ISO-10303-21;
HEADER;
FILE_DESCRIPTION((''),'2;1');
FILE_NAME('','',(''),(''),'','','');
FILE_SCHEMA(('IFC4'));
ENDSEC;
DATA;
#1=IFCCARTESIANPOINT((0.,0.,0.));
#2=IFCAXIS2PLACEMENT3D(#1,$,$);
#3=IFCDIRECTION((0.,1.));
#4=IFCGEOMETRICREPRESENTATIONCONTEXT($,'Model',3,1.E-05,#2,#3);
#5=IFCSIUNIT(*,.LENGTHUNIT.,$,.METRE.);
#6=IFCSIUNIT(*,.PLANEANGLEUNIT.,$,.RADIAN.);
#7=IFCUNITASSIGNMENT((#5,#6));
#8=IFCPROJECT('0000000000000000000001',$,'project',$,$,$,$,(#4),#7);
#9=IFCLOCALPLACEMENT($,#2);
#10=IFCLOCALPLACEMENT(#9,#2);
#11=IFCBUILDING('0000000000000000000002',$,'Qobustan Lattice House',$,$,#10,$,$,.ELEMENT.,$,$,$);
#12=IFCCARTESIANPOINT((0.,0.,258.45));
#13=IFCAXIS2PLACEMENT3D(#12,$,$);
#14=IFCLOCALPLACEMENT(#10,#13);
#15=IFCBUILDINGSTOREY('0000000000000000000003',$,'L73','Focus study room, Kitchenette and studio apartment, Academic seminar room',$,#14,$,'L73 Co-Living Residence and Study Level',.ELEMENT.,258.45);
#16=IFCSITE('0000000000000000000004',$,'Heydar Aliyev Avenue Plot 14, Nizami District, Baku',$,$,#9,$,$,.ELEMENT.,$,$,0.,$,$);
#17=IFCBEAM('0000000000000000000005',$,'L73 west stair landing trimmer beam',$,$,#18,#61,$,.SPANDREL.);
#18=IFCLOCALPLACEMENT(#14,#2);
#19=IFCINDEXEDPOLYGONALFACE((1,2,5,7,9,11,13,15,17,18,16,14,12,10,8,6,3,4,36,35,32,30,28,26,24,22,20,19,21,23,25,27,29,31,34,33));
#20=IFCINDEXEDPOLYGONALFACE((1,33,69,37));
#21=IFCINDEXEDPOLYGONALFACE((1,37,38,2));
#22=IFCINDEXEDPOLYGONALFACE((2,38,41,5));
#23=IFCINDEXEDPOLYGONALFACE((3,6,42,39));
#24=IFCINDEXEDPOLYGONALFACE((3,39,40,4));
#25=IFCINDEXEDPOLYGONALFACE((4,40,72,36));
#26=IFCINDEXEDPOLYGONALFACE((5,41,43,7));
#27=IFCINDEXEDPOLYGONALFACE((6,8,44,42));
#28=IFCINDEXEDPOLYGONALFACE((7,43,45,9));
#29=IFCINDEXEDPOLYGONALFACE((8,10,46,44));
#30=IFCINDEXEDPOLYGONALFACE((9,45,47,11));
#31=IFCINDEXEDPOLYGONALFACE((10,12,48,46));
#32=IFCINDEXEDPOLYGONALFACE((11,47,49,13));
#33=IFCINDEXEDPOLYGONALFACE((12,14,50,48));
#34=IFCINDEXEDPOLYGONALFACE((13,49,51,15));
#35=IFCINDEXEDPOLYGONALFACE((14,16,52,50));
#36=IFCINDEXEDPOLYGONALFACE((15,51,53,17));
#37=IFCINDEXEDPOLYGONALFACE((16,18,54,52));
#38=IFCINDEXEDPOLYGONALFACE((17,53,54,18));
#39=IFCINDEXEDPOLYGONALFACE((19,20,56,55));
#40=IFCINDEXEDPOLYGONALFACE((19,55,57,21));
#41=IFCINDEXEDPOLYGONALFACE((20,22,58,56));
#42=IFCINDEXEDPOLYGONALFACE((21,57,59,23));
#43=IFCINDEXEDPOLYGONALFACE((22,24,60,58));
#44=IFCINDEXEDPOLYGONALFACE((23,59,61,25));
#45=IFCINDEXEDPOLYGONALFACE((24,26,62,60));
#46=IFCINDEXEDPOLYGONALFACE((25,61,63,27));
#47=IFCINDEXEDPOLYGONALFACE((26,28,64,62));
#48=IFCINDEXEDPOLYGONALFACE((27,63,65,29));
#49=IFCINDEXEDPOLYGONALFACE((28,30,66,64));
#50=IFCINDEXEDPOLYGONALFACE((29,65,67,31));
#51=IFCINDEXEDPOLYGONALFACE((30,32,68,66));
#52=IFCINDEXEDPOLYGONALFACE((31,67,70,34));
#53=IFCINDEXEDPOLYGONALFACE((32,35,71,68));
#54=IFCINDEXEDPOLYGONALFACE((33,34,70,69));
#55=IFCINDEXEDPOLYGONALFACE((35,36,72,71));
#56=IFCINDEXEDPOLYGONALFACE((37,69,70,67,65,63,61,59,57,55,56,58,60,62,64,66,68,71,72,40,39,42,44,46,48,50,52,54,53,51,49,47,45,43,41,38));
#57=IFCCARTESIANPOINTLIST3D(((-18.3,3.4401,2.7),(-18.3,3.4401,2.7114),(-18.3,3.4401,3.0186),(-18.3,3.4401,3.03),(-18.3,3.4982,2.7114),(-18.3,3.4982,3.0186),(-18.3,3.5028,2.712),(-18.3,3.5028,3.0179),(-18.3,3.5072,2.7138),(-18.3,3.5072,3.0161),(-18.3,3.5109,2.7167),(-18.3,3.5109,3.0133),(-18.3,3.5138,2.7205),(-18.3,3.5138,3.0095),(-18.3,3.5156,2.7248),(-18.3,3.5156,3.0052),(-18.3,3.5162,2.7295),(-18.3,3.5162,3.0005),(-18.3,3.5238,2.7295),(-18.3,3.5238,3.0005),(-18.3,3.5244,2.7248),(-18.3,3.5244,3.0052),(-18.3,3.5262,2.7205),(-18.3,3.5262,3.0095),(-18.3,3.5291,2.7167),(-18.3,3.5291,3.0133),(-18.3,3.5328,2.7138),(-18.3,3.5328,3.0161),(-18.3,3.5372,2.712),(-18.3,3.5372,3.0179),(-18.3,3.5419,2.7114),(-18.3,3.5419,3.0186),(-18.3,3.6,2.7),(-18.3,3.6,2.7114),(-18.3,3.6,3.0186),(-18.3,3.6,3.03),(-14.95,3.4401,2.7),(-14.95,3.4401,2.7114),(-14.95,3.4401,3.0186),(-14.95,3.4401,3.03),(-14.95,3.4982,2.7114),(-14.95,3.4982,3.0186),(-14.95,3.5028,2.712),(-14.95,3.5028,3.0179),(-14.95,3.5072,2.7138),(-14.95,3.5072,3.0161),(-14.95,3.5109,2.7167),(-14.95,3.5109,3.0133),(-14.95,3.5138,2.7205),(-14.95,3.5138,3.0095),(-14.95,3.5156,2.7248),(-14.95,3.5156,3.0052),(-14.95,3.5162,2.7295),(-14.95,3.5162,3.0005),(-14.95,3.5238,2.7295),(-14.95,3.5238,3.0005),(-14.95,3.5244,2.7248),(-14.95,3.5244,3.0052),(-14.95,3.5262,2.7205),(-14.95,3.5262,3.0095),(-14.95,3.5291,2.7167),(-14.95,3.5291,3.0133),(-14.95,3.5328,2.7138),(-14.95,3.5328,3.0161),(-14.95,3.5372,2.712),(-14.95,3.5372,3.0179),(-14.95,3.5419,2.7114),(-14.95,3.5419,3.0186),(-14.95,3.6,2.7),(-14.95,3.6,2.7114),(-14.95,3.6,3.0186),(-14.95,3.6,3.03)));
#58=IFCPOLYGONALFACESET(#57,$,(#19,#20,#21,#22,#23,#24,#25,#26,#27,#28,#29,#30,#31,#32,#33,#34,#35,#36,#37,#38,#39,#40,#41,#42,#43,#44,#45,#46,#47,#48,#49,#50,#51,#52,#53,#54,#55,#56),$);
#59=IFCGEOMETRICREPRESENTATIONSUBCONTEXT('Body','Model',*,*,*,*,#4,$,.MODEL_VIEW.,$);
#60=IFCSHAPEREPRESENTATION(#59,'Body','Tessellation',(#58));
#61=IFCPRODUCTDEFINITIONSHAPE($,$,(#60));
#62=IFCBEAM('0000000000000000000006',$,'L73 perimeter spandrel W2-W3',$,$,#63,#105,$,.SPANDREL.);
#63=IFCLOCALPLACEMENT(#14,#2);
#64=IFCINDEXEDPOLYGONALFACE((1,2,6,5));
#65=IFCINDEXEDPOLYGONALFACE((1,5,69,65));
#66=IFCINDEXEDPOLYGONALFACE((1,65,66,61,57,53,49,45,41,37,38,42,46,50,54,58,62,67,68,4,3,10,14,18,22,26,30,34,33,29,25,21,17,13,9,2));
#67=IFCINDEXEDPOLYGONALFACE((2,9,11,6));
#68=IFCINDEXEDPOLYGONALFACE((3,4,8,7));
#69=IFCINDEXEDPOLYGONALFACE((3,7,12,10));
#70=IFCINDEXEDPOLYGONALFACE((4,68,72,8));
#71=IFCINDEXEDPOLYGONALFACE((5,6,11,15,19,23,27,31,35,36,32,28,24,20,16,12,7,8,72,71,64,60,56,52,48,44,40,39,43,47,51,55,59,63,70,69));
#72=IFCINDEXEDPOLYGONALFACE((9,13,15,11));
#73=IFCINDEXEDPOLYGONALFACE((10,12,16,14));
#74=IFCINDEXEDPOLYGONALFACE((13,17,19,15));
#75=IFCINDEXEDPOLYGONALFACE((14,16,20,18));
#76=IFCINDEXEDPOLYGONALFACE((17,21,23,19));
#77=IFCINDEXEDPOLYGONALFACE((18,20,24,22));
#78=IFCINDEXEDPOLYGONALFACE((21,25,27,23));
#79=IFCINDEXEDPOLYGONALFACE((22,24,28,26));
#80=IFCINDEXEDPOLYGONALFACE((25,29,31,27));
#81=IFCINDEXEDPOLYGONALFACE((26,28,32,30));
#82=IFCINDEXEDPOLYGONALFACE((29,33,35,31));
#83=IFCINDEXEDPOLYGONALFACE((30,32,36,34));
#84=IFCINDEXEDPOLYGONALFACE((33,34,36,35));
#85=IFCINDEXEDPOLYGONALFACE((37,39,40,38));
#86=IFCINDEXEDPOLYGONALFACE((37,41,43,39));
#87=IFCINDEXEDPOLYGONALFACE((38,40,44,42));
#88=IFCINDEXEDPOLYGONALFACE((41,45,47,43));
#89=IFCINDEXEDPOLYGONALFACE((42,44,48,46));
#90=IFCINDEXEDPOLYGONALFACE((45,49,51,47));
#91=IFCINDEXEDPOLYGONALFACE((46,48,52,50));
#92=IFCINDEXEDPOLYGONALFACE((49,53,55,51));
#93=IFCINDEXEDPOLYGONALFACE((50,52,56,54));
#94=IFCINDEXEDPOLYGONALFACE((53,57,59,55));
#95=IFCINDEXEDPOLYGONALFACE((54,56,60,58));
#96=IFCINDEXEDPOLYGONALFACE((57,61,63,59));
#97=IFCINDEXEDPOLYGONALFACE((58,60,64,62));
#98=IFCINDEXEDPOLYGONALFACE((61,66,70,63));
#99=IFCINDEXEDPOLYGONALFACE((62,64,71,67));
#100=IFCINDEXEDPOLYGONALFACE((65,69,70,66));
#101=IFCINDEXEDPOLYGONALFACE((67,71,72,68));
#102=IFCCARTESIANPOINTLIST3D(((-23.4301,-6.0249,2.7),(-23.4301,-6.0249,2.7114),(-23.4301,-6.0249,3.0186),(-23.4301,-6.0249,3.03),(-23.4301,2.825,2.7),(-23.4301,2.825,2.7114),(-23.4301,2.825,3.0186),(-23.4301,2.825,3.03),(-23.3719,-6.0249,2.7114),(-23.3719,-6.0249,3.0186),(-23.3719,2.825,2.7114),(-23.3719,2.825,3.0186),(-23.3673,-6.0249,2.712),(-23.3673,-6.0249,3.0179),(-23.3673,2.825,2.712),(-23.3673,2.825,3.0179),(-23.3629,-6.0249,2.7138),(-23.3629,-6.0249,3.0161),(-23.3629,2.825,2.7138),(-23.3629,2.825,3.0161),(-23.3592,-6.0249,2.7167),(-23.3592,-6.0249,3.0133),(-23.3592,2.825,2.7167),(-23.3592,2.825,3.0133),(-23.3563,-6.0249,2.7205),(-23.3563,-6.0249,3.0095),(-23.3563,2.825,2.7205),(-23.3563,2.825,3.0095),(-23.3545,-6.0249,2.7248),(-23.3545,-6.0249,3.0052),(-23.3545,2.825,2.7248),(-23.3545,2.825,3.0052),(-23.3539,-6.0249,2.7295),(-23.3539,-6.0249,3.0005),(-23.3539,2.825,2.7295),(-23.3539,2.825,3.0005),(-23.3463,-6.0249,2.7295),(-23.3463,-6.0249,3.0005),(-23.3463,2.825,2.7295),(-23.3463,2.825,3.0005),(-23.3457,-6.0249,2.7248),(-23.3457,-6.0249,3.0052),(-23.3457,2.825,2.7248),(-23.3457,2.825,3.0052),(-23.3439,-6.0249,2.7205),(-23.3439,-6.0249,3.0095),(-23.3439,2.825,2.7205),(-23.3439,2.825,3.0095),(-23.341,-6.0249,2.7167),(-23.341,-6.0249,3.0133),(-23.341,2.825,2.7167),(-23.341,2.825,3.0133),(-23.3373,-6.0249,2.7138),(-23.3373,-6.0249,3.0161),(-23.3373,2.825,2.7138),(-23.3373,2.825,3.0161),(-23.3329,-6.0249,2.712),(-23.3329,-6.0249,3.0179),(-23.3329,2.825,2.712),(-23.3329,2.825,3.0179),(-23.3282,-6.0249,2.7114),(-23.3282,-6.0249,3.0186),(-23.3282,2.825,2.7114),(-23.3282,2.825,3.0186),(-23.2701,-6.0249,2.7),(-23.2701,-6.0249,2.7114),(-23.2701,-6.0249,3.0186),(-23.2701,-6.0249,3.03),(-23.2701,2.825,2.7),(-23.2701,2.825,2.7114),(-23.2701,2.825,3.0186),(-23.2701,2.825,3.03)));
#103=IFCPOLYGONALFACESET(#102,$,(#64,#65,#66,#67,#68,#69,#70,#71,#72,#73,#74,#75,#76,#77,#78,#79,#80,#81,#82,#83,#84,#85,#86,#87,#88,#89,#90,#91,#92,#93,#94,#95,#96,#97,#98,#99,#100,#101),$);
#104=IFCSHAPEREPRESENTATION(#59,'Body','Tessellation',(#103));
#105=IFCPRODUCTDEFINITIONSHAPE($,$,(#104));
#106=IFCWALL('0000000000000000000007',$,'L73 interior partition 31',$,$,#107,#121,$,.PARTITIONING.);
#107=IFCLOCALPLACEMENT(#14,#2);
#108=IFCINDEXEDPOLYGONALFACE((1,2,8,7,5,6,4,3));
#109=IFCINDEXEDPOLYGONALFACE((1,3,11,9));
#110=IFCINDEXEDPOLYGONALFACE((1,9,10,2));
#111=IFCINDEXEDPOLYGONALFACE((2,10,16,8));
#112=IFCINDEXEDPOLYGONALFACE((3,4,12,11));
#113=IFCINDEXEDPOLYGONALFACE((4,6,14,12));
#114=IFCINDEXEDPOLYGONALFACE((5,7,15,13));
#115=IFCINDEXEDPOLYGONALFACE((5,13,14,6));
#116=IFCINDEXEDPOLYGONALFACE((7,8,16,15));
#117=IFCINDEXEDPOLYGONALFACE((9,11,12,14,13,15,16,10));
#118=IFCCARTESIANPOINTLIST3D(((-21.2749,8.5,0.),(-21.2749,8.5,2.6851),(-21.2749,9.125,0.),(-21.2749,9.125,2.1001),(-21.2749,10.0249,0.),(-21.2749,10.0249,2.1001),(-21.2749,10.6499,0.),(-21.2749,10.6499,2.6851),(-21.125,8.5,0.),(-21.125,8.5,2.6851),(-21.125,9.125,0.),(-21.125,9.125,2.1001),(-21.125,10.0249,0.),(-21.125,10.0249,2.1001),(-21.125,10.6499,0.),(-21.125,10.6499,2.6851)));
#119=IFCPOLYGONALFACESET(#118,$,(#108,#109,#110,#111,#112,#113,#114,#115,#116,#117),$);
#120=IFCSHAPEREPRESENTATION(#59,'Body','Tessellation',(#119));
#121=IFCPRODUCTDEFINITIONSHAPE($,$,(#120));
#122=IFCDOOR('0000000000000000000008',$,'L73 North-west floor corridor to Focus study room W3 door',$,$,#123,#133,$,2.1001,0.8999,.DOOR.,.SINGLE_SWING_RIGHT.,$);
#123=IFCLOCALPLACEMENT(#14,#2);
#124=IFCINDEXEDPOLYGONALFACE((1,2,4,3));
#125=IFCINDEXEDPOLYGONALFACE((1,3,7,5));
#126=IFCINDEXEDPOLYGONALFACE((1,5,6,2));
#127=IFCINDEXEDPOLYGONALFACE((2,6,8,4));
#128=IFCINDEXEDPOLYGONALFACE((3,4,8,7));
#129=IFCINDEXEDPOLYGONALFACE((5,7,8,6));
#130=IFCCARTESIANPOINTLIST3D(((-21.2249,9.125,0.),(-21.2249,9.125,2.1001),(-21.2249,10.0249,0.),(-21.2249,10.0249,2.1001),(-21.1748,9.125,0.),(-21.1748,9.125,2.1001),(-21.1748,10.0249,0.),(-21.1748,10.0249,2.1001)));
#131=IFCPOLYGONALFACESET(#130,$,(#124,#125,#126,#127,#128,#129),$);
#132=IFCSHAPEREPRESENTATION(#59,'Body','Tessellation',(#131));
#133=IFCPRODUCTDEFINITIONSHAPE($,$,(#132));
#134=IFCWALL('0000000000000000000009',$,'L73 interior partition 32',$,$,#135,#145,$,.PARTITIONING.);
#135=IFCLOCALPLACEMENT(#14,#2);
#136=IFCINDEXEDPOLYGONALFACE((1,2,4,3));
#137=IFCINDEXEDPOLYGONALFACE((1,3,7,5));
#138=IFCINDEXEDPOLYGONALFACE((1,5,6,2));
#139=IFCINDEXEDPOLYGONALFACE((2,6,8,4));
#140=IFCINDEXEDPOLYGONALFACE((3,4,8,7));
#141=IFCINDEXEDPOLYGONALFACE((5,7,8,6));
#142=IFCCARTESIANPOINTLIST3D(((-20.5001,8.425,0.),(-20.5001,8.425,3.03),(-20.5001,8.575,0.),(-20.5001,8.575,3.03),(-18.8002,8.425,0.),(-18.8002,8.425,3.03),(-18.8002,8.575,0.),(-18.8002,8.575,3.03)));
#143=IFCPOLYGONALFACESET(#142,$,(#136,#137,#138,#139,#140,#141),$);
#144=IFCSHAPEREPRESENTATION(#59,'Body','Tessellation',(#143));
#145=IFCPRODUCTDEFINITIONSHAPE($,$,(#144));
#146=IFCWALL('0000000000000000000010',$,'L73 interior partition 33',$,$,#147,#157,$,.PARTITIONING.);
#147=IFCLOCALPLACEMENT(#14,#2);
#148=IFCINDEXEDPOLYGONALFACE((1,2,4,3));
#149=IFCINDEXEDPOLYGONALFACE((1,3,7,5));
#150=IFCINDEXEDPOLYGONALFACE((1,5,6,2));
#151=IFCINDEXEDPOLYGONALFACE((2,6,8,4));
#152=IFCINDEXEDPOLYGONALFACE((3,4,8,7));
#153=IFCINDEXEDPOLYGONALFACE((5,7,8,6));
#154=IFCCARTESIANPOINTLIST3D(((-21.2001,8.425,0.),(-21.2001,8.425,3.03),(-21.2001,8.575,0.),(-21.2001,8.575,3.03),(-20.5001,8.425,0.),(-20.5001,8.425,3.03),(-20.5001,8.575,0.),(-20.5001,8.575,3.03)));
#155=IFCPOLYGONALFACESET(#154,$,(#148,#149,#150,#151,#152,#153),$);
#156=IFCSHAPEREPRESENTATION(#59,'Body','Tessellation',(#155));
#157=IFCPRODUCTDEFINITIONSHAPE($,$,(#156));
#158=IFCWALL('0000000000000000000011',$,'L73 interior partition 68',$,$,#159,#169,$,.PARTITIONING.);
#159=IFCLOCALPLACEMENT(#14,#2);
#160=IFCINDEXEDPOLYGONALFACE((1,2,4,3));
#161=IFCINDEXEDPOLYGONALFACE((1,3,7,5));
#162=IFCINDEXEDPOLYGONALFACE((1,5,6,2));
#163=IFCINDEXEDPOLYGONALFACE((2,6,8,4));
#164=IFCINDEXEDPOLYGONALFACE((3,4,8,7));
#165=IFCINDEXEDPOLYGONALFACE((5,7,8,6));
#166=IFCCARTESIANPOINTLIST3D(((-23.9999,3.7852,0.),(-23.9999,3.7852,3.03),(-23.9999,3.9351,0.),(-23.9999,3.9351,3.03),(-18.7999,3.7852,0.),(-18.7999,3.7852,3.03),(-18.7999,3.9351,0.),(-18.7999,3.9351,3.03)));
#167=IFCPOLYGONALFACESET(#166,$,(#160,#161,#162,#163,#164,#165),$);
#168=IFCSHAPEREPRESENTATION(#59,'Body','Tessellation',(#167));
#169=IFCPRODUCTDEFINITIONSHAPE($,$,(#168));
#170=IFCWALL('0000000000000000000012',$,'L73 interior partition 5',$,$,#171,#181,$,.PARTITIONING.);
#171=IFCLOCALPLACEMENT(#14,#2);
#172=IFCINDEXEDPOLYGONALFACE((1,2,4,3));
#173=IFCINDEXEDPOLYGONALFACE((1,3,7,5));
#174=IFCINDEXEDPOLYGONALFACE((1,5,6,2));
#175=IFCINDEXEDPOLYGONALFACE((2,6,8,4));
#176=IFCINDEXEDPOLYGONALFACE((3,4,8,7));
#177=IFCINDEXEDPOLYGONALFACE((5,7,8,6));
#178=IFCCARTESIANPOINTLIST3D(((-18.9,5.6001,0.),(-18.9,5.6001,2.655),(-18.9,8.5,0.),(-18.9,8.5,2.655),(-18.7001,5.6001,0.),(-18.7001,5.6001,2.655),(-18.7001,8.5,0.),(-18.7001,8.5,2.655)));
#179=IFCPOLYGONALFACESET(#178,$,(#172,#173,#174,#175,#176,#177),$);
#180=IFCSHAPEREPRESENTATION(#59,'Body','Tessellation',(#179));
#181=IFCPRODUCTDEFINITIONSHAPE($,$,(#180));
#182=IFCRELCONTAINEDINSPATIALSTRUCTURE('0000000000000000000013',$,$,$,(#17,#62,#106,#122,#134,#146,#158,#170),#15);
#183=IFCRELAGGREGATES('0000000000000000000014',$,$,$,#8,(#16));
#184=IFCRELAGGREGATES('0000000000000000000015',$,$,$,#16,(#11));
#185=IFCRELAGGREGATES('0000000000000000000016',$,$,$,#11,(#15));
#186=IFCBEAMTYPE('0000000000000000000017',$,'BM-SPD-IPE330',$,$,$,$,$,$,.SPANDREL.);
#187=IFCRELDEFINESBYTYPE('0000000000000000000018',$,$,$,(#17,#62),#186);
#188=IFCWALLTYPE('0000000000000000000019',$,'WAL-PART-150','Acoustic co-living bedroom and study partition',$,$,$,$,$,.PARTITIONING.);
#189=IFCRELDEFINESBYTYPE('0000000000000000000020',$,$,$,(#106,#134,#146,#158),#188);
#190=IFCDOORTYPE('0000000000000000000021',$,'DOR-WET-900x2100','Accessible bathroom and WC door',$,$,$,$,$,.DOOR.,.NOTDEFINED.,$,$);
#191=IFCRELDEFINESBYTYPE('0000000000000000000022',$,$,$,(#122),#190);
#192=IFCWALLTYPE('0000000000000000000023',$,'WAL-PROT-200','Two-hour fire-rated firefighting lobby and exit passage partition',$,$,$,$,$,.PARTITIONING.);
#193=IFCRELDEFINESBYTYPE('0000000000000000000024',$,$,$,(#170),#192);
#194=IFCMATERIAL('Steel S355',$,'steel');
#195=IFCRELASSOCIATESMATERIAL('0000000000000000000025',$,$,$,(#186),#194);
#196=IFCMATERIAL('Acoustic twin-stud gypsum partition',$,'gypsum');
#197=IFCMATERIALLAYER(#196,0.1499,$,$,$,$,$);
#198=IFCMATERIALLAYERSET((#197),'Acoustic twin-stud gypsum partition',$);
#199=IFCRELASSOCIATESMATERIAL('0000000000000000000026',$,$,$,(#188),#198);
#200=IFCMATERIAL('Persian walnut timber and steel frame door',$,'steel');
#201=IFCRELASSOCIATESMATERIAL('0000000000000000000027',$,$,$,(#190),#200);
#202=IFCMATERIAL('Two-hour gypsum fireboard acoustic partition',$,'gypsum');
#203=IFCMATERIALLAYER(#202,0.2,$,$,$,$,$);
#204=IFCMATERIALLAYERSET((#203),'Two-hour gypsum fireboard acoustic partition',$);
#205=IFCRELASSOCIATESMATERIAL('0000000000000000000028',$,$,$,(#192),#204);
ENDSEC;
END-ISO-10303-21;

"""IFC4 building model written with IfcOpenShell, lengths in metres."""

from ifc_helpers import new_model, si_unit, direction, frame, frame_2d, origin, origin_2d, place, context, subcontext, project, spatial, rectangle, i_section, extrude, material, layer, layer_set, material_profile, profile_set, type_object, element, fill, save


model = new_model("IFC4")

# Units and contexts
model_context = context("Model", 3, precision=1e-05, world=origin(), true_north=direction((0.0, 1.0)))
body_context = subcontext(model_context, "Body", "Model", "MODEL_VIEW")
ifc_project = project(units=[si_unit("LENGTHUNIT", "METRE"), si_unit("PLANEANGLEUNIT", "RADIAN")], contexts=[model_context])

# Site, building, storey
site_placement = place(None, origin())
site = spatial("IfcSite", under=ifc_project, at=site_placement, Name="Heydar Aliyev Avenue Plot 14, Nizami District, Baku", CompositionType="ELEMENT", RefElevation=0.0)
building_placement = place(site_placement, origin())
building = spatial("IfcBuilding", under=site, at=building_placement, Name="Qobustan Lattice House", CompositionType="ELEMENT")
storey_placement = place(building_placement, frame((0.0, 0.0, 258.45)))
storey = spatial("IfcBuildingStorey", under=building, at=storey_placement, Name="L73", Description="Focus study room, Kitchenette and studio apartment, Academic seminar room", LongName="L73 Co-Living Residence and Study Level", CompositionType="ELEMENT", Elevation=258.45)

# Beams
ifc_material_1 = material(Name="Steel S355", Category="steel")
ifc_material_profile_1 = material_profile(ifc_material_1, i_section(OverallWidth=0.1599, OverallDepth=0.3301, WebThickness=0.0076, FlangeThickness=0.0115, FilletRadius=0.0181, at=origin_2d()), Name="IPE330")
ifc_profile_set_1 = profile_set([ifc_material_profile_1], Name="Steel S355")
beam_type_1 = type_object("IfcBeamType", Name="BM-SPD-IPE330", PredefinedType="SPANDREL", material=ifc_profile_set_1)
beam_1_placement = place(storey_placement, frame((-18.3, 3.52, 2.865), z_axis=(1.0, 0.0, 0.0), x_axis=(0.0, 1.0, 0.0)))
element("IfcBeam", 1, at=beam_1_placement, inside=storey, type_object=beam_type_1, Name="L73 west stair landing trimmer beam", PredefinedType="SPANDREL", context=body_context, shape_type="SweptSolid", body=[
    extrude(i_section(OverallWidth=0.1599, OverallDepth=0.3301, WebThickness=0.0076, FlangeThickness=0.0115, FilletRadius=0.0181, at=origin_2d()), origin(), (0.0, 0.0, 1.0), 3.3501),
])
beam_2_placement = place(storey_placement, frame((-23.3501, 2.825, 2.865), z_axis=(0.0, -1.0, 0.0), x_axis=(1.0, 0.0, 0.0)))
element("IfcBeam", 2, at=beam_2_placement, inside=storey, type_object=beam_type_1, Name="L73 perimeter spandrel W2-W3", PredefinedType="SPANDREL", context=body_context, shape_type="SweptSolid", body=[
    extrude(i_section(OverallWidth=0.1599, OverallDepth=0.3301, WebThickness=0.0076, FlangeThickness=0.0115, FilletRadius=0.0181, at=origin_2d()), origin(), (0.0, 0.0, 1.0), 8.8499),
])

# Wall, opening, door
ifc_material_2 = material(Name="Acoustic twin-stud gypsum partition", Category="gypsum")
ifc_layer_1 = layer(ifc_material_2, 0.1499)
ifc_layer_set_1 = layer_set([ifc_layer_1], Name="Acoustic twin-stud gypsum partition")
wall_type_1 = type_object("IfcWallType", Name="WAL-PART-150", Description="Acoustic co-living bedroom and study partition", PredefinedType="PARTITIONING", material=ifc_layer_set_1)
wall_1_placement = place(storey_placement, frame((-21.2, 8.5, 0.0), z_axis=(0.0, 0.0, 1.0), x_axis=(0.0, 1.0, 0.0)))
wall_1 = element("IfcWall", 3, at=wall_1_placement, inside=storey, type_object=wall_type_1, Name="L73 interior partition 31", PredefinedType="PARTITIONING", context=body_context, shape_type="SweptSolid", body=[
    extrude(rectangle(XDim=2.1499, YDim=0.1499, at=frame_2d((1.075, 0.0))), origin(), (0.0, 0.0, 1.0), 2.6851),
])
opening_1_placement = place(wall_1_placement, frame((0.625, 0.0, 0.0)))
opening_1 = element("IfcOpeningElement", 4, at=opening_1_placement, cuts=wall_1, PredefinedType="OPENING", context=body_context, shape_type="SweptSolid", body=[
    extrude(rectangle(XDim=0.8999, YDim=2.1001, at=frame_2d((0.45, 1.05))), frame((0.0, 0.085, 0.0), z_axis=(0.0, -1.0, 0.0), x_axis=(1.0, 0.0, 0.0)), (0.0, 0.0, 1.0), 0.1699),
])
ifc_material_3 = material(Name="Persian walnut timber and steel frame door", Category="steel")
door_type_1 = type_object("IfcDoorType", Name="DOR-WET-900x2100", Description="Accessible bathroom and WC door", OperationType="NOTDEFINED", PredefinedType="DOOR", material=ifc_material_3)
door_1_placement = place(opening_1_placement, origin())
door_1 = element("IfcDoor", 5, at=door_1_placement, inside=storey, type_object=door_type_1, Name="L73 North-west floor corridor to Focus study room W3 door", OperationType="SINGLE_SWING_RIGHT", OverallHeight=2.1001, OverallWidth=0.8999, PredefinedType="DOOR", context=body_context, shape_type="SweptSolid", body=[
    extrude(rectangle(XDim=0.8999, YDim=2.1001, at=frame_2d((0.45, 1.05))), frame((0.0, 0.0249, 0.0), z_axis=(0.0, -1.0, 0.0), x_axis=(1.0, 0.0, 0.0)), (0.0, 0.0, 1.0), 0.05),
])
fill(opening_1, door_1)

# Walls
wall_2_placement = place(storey_placement, frame((-18.8, 8.5, 0.0), z_axis=(0.0, 0.0, 1.0), x_axis=(-1.0, 0.0, 0.0)))
element("IfcWall", 6, at=wall_2_placement, inside=storey, type_object=wall_type_1, Name="L73 interior partition 32", PredefinedType="PARTITIONING", context=body_context, shape_type="SweptSolid", body=[
    extrude(rectangle(XDim=1.7, YDim=0.1499, at=frame_2d((0.8501, 0.0))), origin(), (0.0, 0.0, 1.0), 3.03),
])
wall_3_placement = place(storey_placement, frame((-20.5, 8.5, 0.0), z_axis=(0.0, 0.0, 1.0), x_axis=(-1.0, 0.0, 0.0)))
element("IfcWall", 7, at=wall_3_placement, inside=storey, type_object=wall_type_1, Name="L73 interior partition 33", PredefinedType="PARTITIONING", context=body_context, shape_type="SweptSolid", body=[
    extrude(rectangle(XDim=0.7, YDim=0.1499, at=frame_2d((0.3501, 0.0))), origin(), (0.0, 0.0, 1.0), 3.03),
])
wall_4_placement = place(storey_placement, frame((-24.0, 3.8601, 0.0), z_axis=(0.0, 0.0, 1.0), x_axis=(1.0, 0.0, 0.0)))
element("IfcWall", 8, at=wall_4_placement, inside=storey, type_object=wall_type_1, Name="L73 interior partition 68", PredefinedType="PARTITIONING", context=body_context, shape_type="SweptSolid", body=[
    extrude(rectangle(XDim=5.2, YDim=0.1499, at=frame_2d((2.6001, 0.0))), origin(), (0.0, 0.0, 1.0), 3.03),
])
ifc_material_4 = material(Name="Two-hour gypsum fireboard acoustic partition", Category="gypsum")
ifc_layer_2 = layer(ifc_material_4, 0.2)
ifc_layer_set_2 = layer_set([ifc_layer_2], Name="Two-hour gypsum fireboard acoustic partition")
wall_type_2 = type_object("IfcWallType", Name="WAL-PROT-200", Description="Two-hour fire-rated firefighting lobby and exit passage partition", PredefinedType="PARTITIONING", material=ifc_layer_set_2)
wall_5_placement = place(storey_placement, frame((-18.8, 8.5, 0.0), z_axis=(0.0, 0.0, 1.0), x_axis=(0.0, -1.0, 0.0)))
element("IfcWall", 9, at=wall_5_placement, inside=storey, type_object=wall_type_2, Name="L73 interior partition 5", PredefinedType="PARTITIONING", context=body_context, shape_type="SweptSolid", body=[
    extrude(rectangle(XDim=2.8999, YDim=0.2, at=frame_2d((1.45, 0.0))), origin(), (0.0, 0.0, 1.0), 2.655),
])

save(model, "model.ifc")
